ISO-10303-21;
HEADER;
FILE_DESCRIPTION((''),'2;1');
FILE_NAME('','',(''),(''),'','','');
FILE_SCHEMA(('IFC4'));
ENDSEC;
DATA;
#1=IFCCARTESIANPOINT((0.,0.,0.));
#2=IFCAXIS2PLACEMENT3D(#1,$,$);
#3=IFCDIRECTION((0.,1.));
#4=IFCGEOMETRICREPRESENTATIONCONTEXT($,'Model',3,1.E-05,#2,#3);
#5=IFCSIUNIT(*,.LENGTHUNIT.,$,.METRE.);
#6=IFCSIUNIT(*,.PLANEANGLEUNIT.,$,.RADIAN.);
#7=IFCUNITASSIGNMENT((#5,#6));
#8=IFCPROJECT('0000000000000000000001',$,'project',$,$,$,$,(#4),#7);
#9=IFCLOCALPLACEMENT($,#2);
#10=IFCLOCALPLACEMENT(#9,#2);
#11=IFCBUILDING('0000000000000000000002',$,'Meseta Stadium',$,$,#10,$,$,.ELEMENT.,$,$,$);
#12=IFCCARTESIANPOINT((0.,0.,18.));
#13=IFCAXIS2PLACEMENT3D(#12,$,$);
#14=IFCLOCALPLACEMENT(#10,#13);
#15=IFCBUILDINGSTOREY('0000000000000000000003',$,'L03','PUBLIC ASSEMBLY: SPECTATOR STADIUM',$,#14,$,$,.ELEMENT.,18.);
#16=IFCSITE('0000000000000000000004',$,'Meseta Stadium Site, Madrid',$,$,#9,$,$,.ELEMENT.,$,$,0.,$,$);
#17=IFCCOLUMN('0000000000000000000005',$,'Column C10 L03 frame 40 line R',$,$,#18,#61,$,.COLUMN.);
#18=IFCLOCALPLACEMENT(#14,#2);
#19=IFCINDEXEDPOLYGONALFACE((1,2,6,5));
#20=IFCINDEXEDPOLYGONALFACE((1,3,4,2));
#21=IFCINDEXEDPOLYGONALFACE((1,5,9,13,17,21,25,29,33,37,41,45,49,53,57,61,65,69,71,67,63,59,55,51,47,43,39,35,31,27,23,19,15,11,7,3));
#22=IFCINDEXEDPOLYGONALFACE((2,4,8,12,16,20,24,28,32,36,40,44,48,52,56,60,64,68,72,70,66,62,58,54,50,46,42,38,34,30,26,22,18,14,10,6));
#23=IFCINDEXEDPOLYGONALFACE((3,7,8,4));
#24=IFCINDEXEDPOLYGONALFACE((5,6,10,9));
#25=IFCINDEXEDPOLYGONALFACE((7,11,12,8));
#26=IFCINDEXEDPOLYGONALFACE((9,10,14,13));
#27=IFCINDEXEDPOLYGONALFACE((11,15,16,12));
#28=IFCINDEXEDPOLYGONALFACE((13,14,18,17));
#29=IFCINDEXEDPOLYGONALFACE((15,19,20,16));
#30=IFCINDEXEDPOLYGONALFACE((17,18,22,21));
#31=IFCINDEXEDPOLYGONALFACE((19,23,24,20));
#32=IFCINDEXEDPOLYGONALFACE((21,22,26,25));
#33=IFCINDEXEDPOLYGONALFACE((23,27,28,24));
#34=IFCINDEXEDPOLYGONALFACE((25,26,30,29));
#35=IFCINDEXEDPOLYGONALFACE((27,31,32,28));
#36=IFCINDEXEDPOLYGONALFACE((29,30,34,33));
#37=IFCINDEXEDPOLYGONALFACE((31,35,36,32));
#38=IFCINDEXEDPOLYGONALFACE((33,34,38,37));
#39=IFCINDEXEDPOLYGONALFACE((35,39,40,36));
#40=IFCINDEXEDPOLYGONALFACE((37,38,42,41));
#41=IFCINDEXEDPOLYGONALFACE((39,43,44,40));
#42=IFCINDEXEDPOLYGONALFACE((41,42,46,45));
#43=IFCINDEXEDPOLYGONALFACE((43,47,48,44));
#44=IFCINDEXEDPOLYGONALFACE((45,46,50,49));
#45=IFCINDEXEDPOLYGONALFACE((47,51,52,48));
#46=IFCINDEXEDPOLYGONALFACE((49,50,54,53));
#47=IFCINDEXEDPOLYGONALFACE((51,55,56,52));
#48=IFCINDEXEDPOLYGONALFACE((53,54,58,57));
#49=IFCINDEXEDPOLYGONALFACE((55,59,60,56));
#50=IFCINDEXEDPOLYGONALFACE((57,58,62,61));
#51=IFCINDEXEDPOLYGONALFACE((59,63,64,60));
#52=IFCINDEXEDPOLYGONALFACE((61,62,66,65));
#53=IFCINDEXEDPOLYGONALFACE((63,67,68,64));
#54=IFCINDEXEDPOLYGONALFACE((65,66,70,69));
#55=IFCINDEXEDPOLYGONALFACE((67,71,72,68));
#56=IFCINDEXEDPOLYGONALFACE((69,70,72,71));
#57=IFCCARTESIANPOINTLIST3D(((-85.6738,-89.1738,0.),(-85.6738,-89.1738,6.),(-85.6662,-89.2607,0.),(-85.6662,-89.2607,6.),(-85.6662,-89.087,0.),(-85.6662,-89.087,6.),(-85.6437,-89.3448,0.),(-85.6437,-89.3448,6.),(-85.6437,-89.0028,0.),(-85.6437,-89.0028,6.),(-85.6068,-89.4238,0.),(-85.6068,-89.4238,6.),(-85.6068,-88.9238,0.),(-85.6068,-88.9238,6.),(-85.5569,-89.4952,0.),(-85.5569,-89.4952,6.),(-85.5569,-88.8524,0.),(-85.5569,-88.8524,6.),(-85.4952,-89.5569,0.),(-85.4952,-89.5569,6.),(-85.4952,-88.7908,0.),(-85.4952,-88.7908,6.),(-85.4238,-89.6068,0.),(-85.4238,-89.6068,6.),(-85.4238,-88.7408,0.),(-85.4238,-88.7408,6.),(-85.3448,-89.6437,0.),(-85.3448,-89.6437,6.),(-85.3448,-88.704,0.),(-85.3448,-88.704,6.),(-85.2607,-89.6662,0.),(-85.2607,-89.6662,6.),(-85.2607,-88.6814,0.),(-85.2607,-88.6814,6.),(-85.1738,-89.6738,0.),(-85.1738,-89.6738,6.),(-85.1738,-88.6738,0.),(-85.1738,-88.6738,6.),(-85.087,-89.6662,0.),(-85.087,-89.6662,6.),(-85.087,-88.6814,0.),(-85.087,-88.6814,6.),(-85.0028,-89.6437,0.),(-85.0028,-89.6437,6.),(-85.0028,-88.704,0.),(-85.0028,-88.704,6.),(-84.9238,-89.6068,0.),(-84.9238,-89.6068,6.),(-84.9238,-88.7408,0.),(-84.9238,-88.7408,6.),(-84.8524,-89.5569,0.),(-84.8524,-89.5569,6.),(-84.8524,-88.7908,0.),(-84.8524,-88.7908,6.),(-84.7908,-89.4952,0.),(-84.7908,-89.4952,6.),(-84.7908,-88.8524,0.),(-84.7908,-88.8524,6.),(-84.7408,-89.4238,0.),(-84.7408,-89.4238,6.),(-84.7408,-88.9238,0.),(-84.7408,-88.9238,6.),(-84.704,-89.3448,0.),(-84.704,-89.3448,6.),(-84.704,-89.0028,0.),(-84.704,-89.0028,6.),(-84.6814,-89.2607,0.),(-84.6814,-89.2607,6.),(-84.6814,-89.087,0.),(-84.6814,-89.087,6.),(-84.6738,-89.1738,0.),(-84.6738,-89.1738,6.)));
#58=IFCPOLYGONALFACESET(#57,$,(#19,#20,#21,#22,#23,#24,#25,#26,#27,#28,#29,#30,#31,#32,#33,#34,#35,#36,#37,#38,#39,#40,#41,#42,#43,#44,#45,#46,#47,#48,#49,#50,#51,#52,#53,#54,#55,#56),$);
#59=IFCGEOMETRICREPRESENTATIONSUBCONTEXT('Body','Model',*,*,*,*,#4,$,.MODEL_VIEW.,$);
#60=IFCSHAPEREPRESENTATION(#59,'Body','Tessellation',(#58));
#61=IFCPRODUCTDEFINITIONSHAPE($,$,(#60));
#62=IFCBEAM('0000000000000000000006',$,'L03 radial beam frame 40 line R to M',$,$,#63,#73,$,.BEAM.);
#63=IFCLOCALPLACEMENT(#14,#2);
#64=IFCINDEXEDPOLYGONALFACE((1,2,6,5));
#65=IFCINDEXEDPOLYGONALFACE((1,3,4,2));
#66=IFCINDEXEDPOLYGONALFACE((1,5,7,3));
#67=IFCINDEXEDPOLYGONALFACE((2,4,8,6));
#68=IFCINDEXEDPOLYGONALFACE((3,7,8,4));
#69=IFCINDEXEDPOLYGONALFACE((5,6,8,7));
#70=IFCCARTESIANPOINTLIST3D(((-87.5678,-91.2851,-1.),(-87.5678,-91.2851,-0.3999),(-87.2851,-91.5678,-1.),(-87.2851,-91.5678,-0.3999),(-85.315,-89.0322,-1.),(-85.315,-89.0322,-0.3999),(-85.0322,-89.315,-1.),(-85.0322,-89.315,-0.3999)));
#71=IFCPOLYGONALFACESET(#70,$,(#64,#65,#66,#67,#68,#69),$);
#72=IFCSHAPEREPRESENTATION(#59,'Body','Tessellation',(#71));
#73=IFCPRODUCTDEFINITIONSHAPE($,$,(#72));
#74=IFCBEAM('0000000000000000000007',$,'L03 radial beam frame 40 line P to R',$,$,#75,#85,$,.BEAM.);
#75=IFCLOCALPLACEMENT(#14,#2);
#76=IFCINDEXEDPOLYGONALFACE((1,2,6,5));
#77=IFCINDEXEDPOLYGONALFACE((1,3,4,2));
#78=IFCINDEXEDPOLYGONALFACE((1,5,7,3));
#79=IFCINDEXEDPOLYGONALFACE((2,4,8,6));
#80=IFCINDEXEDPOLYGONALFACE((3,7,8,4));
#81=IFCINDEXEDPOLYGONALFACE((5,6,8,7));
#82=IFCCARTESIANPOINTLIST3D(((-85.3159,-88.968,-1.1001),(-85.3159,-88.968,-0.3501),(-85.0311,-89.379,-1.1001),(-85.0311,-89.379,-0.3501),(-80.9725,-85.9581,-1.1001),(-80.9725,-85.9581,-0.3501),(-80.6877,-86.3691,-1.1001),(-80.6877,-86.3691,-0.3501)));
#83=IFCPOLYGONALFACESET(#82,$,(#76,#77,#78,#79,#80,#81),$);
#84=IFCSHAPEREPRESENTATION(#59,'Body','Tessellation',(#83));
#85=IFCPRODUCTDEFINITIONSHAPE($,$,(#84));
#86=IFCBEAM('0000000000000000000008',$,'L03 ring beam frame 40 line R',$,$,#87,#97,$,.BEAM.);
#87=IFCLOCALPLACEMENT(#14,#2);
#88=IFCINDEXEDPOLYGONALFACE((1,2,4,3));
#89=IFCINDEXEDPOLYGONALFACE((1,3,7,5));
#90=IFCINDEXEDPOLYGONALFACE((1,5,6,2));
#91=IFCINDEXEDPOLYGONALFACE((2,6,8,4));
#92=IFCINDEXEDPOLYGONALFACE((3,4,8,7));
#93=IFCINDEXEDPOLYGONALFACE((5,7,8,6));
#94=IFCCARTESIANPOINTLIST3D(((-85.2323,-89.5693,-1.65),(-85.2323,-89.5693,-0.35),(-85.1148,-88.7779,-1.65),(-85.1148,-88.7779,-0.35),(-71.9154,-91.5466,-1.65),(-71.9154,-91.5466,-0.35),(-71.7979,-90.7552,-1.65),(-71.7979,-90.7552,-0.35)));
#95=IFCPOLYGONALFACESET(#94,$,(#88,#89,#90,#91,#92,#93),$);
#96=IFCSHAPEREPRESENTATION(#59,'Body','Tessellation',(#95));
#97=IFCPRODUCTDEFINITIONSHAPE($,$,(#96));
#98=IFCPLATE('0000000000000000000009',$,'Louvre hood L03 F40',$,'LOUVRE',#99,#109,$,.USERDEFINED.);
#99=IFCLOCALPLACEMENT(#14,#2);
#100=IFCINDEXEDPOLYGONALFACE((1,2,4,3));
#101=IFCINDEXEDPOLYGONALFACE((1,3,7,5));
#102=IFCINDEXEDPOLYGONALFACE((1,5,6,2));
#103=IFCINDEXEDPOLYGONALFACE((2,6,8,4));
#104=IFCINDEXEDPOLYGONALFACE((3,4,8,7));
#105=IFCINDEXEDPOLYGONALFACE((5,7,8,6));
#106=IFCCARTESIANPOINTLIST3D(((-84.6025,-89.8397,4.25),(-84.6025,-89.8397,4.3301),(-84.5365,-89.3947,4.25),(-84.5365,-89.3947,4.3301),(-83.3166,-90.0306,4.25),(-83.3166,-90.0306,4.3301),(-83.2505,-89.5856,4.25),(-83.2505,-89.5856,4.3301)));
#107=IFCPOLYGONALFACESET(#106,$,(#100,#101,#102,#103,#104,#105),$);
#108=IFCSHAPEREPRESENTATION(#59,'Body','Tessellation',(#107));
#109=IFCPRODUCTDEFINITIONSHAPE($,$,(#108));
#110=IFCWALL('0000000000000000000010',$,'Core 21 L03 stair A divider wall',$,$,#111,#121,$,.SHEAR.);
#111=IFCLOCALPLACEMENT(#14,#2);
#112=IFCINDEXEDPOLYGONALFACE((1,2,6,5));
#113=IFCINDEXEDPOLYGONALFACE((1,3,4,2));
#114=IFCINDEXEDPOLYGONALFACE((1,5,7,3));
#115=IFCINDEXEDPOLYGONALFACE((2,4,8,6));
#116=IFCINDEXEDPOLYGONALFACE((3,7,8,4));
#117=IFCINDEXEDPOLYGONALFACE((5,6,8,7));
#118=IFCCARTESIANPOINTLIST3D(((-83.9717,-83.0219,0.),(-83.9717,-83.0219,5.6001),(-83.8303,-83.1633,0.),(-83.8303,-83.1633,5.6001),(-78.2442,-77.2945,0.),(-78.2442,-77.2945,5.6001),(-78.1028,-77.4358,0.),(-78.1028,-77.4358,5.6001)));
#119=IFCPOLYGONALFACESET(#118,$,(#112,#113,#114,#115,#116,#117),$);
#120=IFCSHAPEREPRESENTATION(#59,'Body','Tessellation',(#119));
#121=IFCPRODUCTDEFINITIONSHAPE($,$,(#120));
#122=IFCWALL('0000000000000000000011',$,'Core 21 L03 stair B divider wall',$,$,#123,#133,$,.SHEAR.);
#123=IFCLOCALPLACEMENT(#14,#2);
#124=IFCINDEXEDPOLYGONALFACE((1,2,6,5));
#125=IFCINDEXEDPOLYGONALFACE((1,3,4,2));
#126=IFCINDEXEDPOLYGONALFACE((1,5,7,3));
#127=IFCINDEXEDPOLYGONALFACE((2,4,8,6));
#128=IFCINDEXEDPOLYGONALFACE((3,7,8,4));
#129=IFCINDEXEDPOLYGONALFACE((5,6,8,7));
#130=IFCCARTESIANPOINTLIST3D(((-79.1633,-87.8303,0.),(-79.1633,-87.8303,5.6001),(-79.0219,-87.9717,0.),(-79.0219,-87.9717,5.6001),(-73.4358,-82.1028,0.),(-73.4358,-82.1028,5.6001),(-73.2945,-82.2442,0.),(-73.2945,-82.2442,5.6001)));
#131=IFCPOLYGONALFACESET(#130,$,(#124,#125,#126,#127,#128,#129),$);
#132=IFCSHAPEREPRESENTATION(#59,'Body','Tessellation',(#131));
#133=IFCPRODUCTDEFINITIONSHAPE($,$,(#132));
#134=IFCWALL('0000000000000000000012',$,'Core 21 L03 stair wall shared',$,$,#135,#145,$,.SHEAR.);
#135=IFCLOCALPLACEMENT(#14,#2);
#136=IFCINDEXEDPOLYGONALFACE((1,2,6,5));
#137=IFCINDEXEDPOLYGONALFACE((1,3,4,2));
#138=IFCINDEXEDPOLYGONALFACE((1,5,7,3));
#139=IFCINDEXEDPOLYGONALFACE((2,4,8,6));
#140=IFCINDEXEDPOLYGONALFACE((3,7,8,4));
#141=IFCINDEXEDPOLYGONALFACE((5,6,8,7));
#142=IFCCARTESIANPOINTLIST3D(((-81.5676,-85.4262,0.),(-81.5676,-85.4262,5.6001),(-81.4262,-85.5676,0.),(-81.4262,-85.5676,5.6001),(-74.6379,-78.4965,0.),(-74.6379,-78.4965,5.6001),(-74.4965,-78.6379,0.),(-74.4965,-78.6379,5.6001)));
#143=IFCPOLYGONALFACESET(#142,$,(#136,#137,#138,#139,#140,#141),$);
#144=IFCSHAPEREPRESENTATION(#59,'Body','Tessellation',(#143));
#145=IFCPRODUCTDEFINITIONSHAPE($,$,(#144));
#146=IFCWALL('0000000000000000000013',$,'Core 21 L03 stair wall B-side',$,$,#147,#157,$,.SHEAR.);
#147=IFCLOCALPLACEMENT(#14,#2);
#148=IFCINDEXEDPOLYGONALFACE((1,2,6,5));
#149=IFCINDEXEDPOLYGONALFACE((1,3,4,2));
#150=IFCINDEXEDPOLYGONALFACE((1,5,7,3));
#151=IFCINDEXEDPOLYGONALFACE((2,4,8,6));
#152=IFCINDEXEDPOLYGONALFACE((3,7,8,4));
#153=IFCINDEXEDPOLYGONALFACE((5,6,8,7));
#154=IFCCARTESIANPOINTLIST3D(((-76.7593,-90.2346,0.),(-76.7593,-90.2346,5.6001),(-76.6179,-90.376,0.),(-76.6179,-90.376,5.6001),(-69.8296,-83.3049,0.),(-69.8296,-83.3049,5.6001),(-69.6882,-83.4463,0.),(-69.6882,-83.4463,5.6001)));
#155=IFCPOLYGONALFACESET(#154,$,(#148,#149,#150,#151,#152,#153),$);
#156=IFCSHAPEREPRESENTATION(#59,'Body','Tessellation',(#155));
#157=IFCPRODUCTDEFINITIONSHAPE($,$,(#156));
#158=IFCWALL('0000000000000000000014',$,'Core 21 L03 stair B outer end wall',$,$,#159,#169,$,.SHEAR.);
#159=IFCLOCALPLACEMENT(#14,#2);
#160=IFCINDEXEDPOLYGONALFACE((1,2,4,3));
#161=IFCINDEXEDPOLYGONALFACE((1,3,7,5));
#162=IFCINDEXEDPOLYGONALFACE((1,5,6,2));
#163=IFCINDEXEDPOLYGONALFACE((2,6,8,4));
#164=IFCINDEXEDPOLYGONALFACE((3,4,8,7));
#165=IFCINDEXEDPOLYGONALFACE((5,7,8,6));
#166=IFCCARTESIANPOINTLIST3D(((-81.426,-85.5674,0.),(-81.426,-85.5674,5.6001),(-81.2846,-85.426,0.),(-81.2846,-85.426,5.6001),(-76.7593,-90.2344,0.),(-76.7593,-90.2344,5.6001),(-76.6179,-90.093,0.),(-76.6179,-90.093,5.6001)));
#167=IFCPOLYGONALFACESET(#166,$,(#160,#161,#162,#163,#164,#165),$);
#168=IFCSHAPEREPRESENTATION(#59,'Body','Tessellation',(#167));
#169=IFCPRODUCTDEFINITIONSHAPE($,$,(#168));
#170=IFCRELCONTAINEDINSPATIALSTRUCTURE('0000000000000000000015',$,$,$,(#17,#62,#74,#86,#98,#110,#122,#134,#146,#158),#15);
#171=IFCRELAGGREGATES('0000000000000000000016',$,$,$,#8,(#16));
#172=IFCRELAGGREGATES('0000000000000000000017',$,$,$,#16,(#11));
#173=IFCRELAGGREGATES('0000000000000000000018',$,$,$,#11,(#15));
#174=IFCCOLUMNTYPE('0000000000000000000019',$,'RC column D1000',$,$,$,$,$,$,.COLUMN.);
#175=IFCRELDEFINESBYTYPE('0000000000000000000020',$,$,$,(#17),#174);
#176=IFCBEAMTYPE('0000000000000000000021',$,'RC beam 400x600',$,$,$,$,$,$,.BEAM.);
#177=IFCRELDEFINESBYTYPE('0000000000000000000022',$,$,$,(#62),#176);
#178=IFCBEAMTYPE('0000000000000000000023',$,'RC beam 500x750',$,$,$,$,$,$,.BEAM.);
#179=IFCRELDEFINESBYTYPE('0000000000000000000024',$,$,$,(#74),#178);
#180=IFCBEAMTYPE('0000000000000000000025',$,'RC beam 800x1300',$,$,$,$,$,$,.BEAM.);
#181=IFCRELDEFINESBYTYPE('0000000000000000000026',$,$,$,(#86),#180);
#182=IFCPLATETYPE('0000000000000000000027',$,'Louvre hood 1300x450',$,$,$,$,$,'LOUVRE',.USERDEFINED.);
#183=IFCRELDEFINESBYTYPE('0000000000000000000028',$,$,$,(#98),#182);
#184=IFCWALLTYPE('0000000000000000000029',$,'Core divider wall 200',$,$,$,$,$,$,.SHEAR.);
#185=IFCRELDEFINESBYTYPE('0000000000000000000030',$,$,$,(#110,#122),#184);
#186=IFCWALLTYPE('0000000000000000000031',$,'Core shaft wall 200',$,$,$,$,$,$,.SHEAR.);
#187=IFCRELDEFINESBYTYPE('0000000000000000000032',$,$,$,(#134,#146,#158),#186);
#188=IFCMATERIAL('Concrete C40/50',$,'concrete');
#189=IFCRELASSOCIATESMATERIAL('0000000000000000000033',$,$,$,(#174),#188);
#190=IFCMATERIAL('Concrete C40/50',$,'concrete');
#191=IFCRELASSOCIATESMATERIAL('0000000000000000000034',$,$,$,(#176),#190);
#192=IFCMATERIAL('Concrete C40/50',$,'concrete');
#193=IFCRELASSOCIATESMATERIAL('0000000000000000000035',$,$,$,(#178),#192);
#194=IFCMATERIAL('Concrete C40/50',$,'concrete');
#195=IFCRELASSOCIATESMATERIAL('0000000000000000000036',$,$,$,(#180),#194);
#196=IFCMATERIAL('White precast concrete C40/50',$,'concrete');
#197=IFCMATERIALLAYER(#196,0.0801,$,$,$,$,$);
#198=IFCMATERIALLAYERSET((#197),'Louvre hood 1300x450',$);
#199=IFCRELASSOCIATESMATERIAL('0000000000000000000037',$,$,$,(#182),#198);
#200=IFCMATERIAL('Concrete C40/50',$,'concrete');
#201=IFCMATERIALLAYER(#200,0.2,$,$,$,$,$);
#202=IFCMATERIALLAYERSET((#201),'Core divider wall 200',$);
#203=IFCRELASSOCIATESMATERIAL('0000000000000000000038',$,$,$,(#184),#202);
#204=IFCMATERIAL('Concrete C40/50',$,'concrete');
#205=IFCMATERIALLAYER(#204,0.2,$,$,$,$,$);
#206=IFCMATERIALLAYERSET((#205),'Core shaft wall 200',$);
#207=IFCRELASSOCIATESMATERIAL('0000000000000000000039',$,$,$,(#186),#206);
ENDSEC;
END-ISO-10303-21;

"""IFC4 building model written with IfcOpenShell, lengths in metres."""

from ifc_helpers import new_model, si_unit, direction, frame, frame_2d, origin, origin_2d, place, context, subcontext, project, spatial, rectangle, circle, extrude, material, layer, layer_set, material_profile, profile_set, type_object, element, save


model = new_model("IFC4")

# Units and contexts
model_context = context("Model", 3, precision=1e-05, world=origin(), true_north=direction((0.0, 1.0)))
body_context = subcontext(model_context, "Body", "Model", "MODEL_VIEW")
ifc_project = project(units=[si_unit("LENGTHUNIT", "METRE"), si_unit("PLANEANGLEUNIT", "RADIAN")], contexts=[model_context])

# Site, building, storey
site_placement = place(None, origin())
site = spatial("IfcSite", under=ifc_project, at=site_placement, Name="Meseta Stadium Site, Madrid", CompositionType="ELEMENT", RefElevation=0.0)
building_placement = place(site_placement, origin())
building = spatial("IfcBuilding", under=site, at=building_placement, Name="Meseta Stadium", CompositionType="ELEMENT")
storey_placement = place(building_placement, frame((0.0, 0.0, 18.0)))
storey = spatial("IfcBuildingStorey", under=building, at=storey_placement, Name="L03", Description="PUBLIC ASSEMBLY: SPECTATOR STADIUM", CompositionType="ELEMENT", Elevation=18.0)

# Column
ifc_material_1 = material(Name="Concrete C40/50", Category="concrete")
ifc_material_profile_1 = material_profile(ifc_material_1, circle(Radius=0.5, at=origin_2d()), Name="RC D1000")
ifc_profile_set_1 = profile_set([ifc_material_profile_1], Name="Concrete C40/50")
column_type = type_object("IfcColumnType", Name="RC column D1000", PredefinedType="COLUMN", material=ifc_profile_set_1)
column_placement = place(storey_placement, frame((-85.1738, -89.1738, 0.0), z_axis=(0.0, 0.0, 1.0), x_axis=(1.0, 0.0, 0.0)))
element("IfcColumn", 1, at=column_placement, inside=storey, type_object=column_type, Name="Column C10 L03 frame 40 line R", PredefinedType="COLUMN", context=body_context, shape_type="SweptSolid", body=[
    extrude(circle(Radius=0.5, at=origin_2d()), origin(), (0.0, 0.0, 1.0), 6.0),
])

# Beams
ifc_material_2 = material(Name="Concrete C40/50", Category="concrete")
ifc_material_profile_2 = material_profile(ifc_material_2, rectangle(XDim=0.3999, YDim=0.6001, at=origin_2d()), Name="RC 400x600")
ifc_profile_set_2 = profile_set([ifc_material_profile_2], Name="Concrete C40/50")
beam_type_1 = type_object("IfcBeamType", Name="RC beam 400x600", PredefinedType="BEAM", material=ifc_profile_set_2)
beam_1_placement = place(storey_placement, frame((-85.1736, -89.1736, -0.7), z_axis=(-0.707107, -0.707107, 0.0), x_axis=(0.707107, -0.707107, 0.0)))
element("IfcBeam", 2, at=beam_1_placement, inside=storey, type_object=beam_type_1, Name="L03 radial beam frame 40 line R to M", PredefinedType="BEAM", context=body_context, shape_type="SweptSolid", body=[
    extrude(rectangle(XDim=0.3999, YDim=0.6001, at=origin_2d()), origin(), (0.0, 0.0, 1.0), 3.186),
])
ifc_material_3 = material(Name="Concrete C40/50", Category="concrete")
ifc_material_profile_3 = material_profile(ifc_material_3, rectangle(XDim=0.5, YDim=0.75, at=origin_2d()), Name="RC 500x750")
ifc_profile_set_3 = profile_set([ifc_material_profile_3], Name="Concrete C40/50")
beam_type_2 = type_object("IfcBeamType", Name="RC beam 500x750", PredefinedType="BEAM", material=ifc_profile_set_3)
beam_2_placement = place(storey_placement, frame((-80.8301, -86.1636, -0.7251), z_axis=(-0.821929, -0.569589, 0.0), x_axis=(0.569589, -0.821929, 0.0)))
element("IfcBeam", 3, at=beam_2_placement, inside=storey, type_object=beam_type_2, Name="L03 radial beam frame 40 line P to R", PredefinedType="BEAM", context=body_context, shape_type="SweptSolid", body=[
    extrude(rectangle(XDim=0.5, YDim=0.75, at=origin_2d()), origin(), (0.0, 0.0, 1.0), 5.2844),
])
ifc_material_4 = material(Name="Concrete C40/50", Category="concrete")
ifc_material_profile_4 = material_profile(ifc_material_4, rectangle(XDim=0.8, YDim=1.3, at=origin_2d()), Name="RC 800x1300")
ifc_profile_set_4 = profile_set([ifc_material_profile_4], Name="Concrete C40/50")
beam_type_3 = type_object("IfcBeamType", Name="RC beam 800x1300", PredefinedType="BEAM", material=ifc_profile_set_4)
beam_3_placement = place(storey_placement, frame((-85.1736, -89.1736, -1.0), z_axis=(0.989156, -0.14687, 0.0), x_axis=(0.14687, 0.989156, 0.0)))
element("IfcBeam", 4, at=beam_3_placement, inside=storey, type_object=beam_type_3, Name="L03 ring beam frame 40 line R", PredefinedType="BEAM", context=body_context, shape_type="SweptSolid", body=[
    extrude(rectangle(XDim=0.8, YDim=1.3, at=origin_2d()), origin(), (0.0, 0.0, 1.0), 13.4629),
])

# Plate
ifc_material_5 = material(Name="White precast concrete C40/50", Category="concrete")
ifc_layer_1 = layer(ifc_material_5, 0.0801)
ifc_layer_set_1 = layer_set([ifc_layer_1], Name="Louvre hood 1300x450")
plate_type = type_object("IfcPlateType", Name="Louvre hood 1300x450", ElementType="LOUVRE", PredefinedType="USERDEFINED", material=ifc_layer_set_1)
plate_placement = place(storey_placement, frame((-83.9265, -89.7126, 4.25), z_axis=(0.0, 0.0, 1.0), x_axis=(0.989158, -0.146854, 0.0)))
element("IfcPlate", 5, at=plate_placement, inside=storey, type_object=plate_type, Name="Louvre hood L03 F40", ObjectType="LOUVRE", PredefinedType="USERDEFINED", context=body_context, shape_type="SweptSolid", body=[
    extrude(rectangle(XDim=1.3, YDim=0.45, at=origin_2d()), origin(), (0.0, 0.0, 1.0), 0.0801),
])

# Walls
ifc_material_6 = material(Name="Concrete C40/50", Category="concrete")
ifc_layer_2 = layer(ifc_material_6, 0.2)
ifc_layer_set_2 = layer_set([ifc_layer_2], Name="Core divider wall 200")
wall_type_1 = type_object("IfcWallType", Name="Core divider wall 200", PredefinedType="SHEAR", material=ifc_layer_set_2)
for number, where, z_axis, x_axis, name in (
    (6, (-83.9009, -83.0925, 0.0), (0.0, 0.0, 1.0), (0.707107, 0.707107, 0.0), "Core 21 L03 stair A divider wall"),
    (7, (-79.0925, -87.9009, 0.0), (0.0, 0.0, 1.0), (0.707107, 0.707107, 0.0), "Core 21 L03 stair B divider wall"),
):
    element("IfcWall", number, at=place(storey_placement, frame(where, z_axis=z_axis, x_axis=x_axis)), inside=storey, type_object=wall_type_1, Name=name, PredefinedType="SHEAR", context=body_context, shape_type="SweptSolid", body=[
        extrude(rectangle(XDim=8.0999, YDim=0.2, at=frame_2d((4.0498, 0.0))), origin(), (0.0, 0.0, 1.0), 5.6001),
    ])
ifc_material_7 = material(Name="Concrete C40/50", Category="concrete")
ifc_layer_3 = layer(ifc_material_7, 0.2)
ifc_layer_set_3 = layer_set([ifc_layer_3], Name="Core shaft wall 200")
wall_type_2 = type_object("IfcWallType", Name="Core shaft wall 200", PredefinedType="SHEAR", material=ifc_layer_set_3)
for number, where, z_axis, x_axis, name in (
    (8, (-81.4968, -85.4968, 0.0), (0.0, 0.0, 1.0), (0.707107, 0.707107, 0.0), "Core 21 L03 stair wall shared"),
    (9, (-76.6885, -90.3052, 0.0), (0.0, 0.0, 1.0), (0.707107, 0.707107, 0.0), "Core 21 L03 stair wall B-side"),
):
    element("IfcWall", number, at=place(storey_placement, frame(where, z_axis=z_axis, x_axis=x_axis)), inside=storey, type_object=wall_type_2, Name=name, PredefinedType="SHEAR", context=body_context, shape_type="SweptSolid", body=[
        extrude(rectangle(XDim=9.8, YDim=0.2, at=frame_2d((4.8999, 0.0))), origin(), (0.0, 0.0, 1.0), 5.6001),
    ])
wall_1_placement = place(storey_placement, frame((-81.3552, -85.4968, 0.0), z_axis=(0.0, 0.0, 1.0), x_axis=(0.707088, -0.707125, 0.0)))
element("IfcWall", 10, at=wall_1_placement, inside=storey, type_object=wall_type_2, Name="Core 21 L03 stair B outer end wall", PredefinedType="SHEAR", context=body_context, shape_type="SweptSolid", body=[
    extrude(rectangle(XDim=6.5999, YDim=0.2, at=frame_2d((3.2998, 0.0))), origin(), (0.0, 0.0, 1.0), 5.6001),
])

save(model, "model.ifc")
